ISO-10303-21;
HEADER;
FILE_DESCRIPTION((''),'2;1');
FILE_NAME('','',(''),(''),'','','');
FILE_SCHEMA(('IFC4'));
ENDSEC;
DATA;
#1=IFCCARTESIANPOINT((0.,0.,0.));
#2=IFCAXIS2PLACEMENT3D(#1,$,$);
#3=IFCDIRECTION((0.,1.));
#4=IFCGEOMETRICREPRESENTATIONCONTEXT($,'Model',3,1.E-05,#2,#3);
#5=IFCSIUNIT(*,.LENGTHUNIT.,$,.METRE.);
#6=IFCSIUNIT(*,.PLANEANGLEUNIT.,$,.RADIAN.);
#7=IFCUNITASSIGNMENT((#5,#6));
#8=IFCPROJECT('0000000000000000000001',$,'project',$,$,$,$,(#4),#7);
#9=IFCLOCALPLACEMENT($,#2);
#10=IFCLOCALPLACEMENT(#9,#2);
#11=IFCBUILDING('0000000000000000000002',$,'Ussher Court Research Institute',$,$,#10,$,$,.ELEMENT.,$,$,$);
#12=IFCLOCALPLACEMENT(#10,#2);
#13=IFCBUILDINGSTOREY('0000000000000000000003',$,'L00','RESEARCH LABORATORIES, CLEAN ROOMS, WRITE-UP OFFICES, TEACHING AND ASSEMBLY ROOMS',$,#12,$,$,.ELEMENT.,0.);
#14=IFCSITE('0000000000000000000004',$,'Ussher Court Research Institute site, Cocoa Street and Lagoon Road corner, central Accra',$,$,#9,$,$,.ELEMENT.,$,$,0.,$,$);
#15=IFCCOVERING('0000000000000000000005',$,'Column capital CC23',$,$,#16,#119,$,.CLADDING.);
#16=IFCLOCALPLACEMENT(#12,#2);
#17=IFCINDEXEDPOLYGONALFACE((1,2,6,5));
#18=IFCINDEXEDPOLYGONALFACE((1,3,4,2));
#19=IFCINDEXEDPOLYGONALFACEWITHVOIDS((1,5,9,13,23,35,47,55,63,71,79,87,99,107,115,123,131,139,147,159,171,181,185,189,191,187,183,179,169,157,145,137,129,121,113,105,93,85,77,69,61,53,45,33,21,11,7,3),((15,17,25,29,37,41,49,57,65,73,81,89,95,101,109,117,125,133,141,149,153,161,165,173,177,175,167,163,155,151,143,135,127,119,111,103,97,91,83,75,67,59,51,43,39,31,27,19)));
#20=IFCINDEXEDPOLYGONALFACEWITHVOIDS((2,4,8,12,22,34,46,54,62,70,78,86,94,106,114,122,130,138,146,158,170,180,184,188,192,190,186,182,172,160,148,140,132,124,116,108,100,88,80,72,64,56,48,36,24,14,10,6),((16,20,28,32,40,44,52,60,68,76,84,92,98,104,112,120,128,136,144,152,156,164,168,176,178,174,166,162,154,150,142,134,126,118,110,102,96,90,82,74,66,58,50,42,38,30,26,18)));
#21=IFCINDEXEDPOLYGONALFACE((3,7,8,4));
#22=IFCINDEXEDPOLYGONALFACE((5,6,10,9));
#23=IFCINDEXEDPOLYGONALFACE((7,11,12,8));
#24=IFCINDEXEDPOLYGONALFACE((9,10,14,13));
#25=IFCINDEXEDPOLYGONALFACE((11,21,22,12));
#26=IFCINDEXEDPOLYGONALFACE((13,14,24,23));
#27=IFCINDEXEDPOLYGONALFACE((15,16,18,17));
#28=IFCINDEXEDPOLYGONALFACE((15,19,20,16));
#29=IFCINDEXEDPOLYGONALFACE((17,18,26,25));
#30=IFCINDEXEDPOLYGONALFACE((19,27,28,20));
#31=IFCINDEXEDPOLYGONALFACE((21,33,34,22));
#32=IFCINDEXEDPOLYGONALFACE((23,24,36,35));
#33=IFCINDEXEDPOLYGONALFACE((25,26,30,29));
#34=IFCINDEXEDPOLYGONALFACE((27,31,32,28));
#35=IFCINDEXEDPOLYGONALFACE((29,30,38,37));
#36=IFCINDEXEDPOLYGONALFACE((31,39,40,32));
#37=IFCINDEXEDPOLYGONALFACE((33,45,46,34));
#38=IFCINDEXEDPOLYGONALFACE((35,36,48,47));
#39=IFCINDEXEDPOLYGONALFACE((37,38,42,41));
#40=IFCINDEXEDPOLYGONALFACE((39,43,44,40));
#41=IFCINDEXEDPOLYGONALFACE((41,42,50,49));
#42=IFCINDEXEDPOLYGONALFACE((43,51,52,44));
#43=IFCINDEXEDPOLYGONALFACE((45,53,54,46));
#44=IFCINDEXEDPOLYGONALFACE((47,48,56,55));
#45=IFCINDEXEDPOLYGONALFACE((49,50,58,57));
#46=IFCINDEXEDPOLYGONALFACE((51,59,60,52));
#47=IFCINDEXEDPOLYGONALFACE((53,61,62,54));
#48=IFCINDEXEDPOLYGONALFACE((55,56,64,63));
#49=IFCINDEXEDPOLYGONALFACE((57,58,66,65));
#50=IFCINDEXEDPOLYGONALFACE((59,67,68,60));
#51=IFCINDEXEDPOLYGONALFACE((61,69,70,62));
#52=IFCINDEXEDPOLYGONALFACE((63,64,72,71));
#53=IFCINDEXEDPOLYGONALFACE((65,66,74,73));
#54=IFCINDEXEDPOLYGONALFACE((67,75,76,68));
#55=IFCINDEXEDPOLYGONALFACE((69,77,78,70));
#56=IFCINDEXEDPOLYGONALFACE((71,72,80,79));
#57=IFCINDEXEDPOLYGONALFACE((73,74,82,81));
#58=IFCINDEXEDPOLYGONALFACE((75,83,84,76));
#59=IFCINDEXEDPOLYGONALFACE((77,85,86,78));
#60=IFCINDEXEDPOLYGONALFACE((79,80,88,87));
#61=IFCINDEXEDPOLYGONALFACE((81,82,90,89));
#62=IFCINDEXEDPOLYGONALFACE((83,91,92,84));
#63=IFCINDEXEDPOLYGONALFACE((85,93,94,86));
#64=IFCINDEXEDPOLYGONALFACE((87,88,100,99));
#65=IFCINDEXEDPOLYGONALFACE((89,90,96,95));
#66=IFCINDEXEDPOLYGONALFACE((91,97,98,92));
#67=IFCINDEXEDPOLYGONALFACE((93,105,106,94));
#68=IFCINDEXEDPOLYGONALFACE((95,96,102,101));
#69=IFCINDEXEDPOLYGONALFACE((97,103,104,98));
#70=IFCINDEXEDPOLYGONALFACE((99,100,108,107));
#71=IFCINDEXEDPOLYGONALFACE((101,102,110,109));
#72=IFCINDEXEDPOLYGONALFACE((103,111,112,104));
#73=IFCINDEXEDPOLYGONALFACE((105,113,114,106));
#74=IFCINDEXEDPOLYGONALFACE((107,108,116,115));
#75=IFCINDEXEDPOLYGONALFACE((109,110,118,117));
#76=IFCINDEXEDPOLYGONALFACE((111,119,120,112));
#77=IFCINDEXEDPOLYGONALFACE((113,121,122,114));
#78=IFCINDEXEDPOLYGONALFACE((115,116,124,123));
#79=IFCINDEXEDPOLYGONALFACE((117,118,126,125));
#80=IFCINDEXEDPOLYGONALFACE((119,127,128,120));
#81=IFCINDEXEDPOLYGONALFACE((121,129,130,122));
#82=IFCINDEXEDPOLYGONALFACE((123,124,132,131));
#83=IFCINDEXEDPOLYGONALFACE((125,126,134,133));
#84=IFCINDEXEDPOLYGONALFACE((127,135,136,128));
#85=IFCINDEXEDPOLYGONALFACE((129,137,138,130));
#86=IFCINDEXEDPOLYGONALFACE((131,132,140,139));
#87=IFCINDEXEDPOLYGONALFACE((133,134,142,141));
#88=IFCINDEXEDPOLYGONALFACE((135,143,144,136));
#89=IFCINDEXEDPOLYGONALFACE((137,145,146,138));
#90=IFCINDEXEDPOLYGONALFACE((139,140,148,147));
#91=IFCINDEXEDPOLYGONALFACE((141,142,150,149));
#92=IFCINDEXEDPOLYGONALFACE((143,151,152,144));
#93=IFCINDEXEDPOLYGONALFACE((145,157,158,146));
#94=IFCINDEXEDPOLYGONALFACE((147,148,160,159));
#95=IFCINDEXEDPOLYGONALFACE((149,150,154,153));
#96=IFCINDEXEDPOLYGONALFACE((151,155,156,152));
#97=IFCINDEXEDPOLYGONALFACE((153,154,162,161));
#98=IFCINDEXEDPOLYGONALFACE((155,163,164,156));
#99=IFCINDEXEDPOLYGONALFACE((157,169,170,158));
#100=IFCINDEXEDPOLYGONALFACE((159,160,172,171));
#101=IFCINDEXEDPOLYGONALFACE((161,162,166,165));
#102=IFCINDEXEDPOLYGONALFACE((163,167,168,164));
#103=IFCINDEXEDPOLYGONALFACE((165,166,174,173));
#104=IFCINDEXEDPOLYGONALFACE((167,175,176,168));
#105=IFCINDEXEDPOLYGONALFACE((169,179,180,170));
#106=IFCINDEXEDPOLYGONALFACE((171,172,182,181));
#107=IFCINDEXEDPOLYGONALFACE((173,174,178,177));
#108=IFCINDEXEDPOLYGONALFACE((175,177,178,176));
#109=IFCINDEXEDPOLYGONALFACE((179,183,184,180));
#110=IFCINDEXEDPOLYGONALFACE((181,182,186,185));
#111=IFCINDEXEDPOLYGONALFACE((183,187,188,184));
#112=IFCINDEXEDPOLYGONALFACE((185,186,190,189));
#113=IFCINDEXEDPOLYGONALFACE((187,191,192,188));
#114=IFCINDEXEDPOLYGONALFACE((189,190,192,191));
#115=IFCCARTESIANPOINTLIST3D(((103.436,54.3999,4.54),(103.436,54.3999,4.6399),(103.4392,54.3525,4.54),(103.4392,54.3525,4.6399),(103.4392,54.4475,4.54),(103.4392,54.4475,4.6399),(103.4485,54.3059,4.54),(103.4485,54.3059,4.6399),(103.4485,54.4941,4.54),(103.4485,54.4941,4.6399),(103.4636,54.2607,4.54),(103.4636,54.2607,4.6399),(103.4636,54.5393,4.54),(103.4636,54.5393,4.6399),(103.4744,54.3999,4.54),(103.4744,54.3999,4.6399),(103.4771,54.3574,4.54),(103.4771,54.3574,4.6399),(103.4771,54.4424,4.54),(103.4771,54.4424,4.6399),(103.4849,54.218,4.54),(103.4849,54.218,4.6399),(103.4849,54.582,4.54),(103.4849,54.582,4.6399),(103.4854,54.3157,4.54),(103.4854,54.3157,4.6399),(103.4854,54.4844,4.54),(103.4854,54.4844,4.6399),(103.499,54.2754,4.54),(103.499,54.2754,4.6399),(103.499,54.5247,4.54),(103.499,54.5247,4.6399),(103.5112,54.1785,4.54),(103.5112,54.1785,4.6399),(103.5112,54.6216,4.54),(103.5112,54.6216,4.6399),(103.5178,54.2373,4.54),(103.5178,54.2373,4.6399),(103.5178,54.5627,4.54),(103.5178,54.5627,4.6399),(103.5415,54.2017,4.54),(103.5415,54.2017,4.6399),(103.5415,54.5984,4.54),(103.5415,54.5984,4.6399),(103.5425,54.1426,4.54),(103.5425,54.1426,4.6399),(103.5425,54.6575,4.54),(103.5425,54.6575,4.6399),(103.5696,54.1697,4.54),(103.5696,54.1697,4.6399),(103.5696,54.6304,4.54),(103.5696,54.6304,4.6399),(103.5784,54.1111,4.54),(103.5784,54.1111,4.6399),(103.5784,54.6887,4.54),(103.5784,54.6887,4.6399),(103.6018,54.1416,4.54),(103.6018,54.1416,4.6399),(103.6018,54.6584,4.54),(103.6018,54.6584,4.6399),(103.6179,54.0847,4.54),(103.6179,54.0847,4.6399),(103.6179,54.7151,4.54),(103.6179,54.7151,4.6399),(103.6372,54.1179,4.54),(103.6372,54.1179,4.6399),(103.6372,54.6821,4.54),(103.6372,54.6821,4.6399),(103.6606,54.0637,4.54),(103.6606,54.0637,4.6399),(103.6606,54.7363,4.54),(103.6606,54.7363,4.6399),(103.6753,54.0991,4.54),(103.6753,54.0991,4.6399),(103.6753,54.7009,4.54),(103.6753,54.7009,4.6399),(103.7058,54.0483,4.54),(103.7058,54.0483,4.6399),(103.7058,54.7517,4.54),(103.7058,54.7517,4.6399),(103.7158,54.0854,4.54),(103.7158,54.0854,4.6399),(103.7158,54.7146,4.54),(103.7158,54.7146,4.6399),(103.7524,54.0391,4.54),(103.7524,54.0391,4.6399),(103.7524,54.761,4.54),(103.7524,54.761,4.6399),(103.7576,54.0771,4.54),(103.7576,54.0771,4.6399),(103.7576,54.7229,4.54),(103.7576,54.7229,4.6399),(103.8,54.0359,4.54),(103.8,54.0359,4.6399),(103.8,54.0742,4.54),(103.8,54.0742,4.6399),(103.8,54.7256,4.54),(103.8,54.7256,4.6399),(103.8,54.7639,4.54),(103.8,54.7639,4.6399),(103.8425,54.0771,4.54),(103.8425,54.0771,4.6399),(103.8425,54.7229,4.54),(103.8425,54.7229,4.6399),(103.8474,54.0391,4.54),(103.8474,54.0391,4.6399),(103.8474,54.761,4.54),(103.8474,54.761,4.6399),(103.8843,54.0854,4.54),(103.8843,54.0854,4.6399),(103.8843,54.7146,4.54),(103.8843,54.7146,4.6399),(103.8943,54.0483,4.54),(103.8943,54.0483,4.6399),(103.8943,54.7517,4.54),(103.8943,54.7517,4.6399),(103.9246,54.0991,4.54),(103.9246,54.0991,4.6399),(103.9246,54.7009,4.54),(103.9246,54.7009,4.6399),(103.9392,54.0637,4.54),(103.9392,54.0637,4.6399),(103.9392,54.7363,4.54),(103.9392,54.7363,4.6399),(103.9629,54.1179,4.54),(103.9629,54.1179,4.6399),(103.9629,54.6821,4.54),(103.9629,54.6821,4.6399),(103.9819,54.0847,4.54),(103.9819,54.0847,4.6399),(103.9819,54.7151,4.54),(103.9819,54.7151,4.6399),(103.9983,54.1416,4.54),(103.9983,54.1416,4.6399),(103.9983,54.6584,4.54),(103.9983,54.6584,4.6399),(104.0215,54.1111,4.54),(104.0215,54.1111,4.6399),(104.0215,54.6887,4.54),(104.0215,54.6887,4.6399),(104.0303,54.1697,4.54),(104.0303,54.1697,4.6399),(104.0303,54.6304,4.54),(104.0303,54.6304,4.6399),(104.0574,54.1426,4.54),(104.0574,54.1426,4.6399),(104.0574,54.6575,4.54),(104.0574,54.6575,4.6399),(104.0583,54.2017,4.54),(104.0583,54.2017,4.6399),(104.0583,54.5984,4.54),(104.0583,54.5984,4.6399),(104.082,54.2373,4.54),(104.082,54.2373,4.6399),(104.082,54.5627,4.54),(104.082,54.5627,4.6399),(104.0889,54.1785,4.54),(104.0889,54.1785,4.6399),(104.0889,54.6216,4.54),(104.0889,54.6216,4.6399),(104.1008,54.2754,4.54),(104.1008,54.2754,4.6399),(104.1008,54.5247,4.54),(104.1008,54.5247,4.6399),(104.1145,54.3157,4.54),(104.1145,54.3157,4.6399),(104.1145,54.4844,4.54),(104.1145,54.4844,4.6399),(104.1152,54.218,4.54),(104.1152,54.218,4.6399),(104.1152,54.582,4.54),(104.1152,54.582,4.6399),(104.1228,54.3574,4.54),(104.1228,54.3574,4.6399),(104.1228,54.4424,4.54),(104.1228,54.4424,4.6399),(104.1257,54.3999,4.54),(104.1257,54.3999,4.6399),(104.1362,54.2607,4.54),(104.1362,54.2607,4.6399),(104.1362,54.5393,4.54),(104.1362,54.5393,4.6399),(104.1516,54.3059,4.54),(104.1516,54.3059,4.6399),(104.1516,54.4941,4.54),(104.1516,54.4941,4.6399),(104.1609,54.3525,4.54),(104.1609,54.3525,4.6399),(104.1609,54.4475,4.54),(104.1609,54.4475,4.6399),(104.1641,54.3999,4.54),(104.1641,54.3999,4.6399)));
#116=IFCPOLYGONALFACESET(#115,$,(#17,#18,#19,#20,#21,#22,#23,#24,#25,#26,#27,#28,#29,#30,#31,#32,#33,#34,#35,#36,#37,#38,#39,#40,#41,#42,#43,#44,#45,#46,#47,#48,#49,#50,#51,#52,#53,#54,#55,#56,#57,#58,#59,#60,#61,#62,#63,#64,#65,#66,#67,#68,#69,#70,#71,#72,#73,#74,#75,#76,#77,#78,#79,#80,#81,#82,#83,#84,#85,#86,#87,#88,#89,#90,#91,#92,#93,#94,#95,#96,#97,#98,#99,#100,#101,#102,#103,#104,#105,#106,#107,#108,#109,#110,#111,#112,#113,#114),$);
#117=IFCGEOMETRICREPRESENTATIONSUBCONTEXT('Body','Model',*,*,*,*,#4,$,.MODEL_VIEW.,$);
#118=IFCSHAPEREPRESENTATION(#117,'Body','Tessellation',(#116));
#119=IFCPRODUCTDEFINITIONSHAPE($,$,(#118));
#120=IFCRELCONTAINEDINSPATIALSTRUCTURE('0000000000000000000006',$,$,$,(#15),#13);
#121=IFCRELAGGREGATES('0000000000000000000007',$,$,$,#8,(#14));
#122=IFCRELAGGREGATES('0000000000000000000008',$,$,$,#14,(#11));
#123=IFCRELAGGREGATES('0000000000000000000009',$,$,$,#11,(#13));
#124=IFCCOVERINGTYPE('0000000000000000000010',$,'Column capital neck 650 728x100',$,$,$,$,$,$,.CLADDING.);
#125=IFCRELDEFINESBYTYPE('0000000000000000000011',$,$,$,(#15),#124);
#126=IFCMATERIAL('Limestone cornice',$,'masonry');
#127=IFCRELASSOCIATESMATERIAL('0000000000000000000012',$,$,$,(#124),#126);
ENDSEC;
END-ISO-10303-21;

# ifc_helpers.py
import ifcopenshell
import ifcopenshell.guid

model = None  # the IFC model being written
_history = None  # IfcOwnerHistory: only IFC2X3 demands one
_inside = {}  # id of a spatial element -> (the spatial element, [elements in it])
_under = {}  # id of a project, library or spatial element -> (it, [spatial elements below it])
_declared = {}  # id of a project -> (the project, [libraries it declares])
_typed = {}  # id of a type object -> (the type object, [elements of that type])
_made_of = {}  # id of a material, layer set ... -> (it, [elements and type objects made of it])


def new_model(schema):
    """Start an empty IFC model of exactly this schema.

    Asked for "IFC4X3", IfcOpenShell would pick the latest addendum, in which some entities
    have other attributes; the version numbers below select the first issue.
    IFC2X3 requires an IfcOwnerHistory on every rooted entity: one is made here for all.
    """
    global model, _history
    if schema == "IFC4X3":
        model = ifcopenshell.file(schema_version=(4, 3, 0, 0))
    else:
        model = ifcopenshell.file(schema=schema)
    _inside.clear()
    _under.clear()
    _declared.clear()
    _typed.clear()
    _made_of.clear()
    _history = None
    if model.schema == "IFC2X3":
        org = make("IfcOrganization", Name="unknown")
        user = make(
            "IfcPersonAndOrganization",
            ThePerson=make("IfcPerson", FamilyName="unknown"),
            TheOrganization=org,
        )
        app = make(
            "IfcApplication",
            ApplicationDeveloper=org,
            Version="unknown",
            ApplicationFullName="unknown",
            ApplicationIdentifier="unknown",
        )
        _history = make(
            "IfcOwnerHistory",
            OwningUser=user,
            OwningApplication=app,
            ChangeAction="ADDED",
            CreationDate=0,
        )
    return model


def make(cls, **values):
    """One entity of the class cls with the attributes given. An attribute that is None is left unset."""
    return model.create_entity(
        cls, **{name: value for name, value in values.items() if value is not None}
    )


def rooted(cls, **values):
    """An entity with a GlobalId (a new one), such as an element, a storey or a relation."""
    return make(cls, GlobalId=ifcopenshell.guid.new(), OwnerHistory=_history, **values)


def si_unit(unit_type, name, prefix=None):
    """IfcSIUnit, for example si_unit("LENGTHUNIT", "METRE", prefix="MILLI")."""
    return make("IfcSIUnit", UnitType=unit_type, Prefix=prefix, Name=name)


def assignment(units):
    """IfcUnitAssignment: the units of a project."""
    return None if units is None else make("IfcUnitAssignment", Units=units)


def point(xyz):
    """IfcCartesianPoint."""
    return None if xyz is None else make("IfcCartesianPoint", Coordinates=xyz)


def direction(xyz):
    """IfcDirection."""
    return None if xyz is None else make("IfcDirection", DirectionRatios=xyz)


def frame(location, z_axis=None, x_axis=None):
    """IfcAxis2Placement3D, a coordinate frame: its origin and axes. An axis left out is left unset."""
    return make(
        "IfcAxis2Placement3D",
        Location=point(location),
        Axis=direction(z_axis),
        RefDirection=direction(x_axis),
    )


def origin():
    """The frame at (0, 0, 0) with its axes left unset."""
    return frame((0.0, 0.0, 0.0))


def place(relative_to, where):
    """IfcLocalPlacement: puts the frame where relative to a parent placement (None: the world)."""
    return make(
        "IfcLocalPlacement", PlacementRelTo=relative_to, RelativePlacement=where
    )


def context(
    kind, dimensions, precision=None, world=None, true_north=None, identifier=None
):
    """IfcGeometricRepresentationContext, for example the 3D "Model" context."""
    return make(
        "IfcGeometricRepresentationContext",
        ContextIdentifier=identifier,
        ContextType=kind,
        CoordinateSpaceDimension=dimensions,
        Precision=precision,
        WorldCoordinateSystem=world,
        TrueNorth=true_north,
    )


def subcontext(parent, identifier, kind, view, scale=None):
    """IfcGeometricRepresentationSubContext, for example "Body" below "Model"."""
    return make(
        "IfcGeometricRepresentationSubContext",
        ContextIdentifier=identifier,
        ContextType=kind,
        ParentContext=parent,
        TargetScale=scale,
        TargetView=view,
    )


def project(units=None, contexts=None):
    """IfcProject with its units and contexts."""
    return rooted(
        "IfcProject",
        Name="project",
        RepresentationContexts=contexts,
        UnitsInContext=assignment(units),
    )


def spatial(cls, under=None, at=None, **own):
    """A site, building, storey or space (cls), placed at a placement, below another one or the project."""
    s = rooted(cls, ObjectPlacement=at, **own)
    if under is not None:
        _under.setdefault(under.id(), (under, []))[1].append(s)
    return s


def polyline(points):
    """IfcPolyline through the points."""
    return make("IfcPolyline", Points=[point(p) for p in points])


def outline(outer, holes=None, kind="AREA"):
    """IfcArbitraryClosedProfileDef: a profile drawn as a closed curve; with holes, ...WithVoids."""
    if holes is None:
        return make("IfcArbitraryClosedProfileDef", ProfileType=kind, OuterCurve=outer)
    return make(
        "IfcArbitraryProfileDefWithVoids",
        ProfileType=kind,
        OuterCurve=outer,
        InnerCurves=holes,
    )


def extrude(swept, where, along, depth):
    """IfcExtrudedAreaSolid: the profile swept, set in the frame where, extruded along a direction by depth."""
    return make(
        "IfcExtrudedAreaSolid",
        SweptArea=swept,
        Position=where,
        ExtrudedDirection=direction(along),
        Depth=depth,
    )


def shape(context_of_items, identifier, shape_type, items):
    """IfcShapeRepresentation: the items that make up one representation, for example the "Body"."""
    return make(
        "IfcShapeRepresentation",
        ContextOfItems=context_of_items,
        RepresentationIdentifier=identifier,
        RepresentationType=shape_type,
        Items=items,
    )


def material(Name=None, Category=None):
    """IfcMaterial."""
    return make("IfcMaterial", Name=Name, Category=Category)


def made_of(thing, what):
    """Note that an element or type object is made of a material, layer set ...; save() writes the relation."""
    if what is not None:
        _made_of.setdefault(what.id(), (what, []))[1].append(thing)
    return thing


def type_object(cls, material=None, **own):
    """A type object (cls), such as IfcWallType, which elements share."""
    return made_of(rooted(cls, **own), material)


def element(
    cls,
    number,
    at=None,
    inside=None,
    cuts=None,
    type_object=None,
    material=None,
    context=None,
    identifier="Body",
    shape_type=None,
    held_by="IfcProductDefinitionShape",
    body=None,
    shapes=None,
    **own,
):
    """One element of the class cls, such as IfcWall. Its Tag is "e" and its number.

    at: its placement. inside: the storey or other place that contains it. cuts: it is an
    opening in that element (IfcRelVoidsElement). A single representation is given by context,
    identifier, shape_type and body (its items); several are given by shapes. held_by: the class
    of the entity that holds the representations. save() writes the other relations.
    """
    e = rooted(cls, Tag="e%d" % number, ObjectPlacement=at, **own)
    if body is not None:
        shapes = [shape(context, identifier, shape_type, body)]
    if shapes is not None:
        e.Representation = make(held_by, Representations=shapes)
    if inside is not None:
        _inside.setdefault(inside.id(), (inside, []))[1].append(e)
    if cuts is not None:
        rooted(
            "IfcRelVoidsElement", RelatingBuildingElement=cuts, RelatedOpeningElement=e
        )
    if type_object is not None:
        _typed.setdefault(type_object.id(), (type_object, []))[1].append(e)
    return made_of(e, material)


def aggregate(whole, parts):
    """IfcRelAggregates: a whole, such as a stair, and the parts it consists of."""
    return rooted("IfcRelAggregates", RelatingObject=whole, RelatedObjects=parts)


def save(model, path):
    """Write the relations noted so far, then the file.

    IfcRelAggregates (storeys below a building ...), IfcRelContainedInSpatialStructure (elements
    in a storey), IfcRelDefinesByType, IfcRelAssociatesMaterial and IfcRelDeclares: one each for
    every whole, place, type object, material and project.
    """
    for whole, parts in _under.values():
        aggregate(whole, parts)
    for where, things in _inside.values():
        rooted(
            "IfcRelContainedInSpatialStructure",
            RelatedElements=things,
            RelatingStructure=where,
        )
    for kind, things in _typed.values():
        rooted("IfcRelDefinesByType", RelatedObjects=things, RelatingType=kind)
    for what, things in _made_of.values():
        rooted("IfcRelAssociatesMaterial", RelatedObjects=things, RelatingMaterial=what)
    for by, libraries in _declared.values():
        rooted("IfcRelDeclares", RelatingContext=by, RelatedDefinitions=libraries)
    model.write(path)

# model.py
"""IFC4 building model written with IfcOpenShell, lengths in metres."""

from ifc_helpers import new_model, si_unit, direction, frame, origin, place, context, subcontext, project, spatial, polyline, outline, extrude, material, type_object, element, save


model = new_model("IFC4")

# Units and contexts
model_context = context("Model", 3, precision=1e-05, world=origin(), true_north=direction((0.0, 1.0)))
body_context = subcontext(model_context, "Body", "Model", "MODEL_VIEW")
ifc_project = project(units=[si_unit("LENGTHUNIT", "METRE"), si_unit("PLANEANGLEUNIT", "RADIAN")], contexts=[model_context])

# Site, building, storey
site_placement = place(None, origin())
site = spatial("IfcSite", under=ifc_project, at=site_placement, Name="Ussher Court Research Institute site, Cocoa Street and Lagoon Road corner, central Accra", CompositionType="ELEMENT", RefElevation=0.0)
building_placement = place(site_placement, origin())
building = spatial("IfcBuilding", under=site, at=building_placement, Name="Ussher Court Research Institute", CompositionType="ELEMENT")
storey_placement = place(building_placement, origin())
storey = spatial("IfcBuildingStorey", under=building, at=storey_placement, Name="L00", Description="RESEARCH LABORATORIES, CLEAN ROOMS, WRITE-UP OFFICES, TEACHING AND ASSEMBLY ROOMS", CompositionType="ELEMENT", Elevation=0.0)

# Covering
ifc_material_1 = material(Name="Limestone cornice", Category="masonry")
covering_type_1 = type_object("IfcCoveringType", Name="Column capital neck 650 728x100", PredefinedType="CLADDING", material=ifc_material_1)
covering_1_placement = place(storey_placement, frame((0.0, 0.0, 4.54)))
element("IfcCovering", 1, at=covering_1_placement, inside=storey, type_object=covering_type_1, Name="Column capital CC23", PredefinedType="CLADDING", context=body_context, shape_type="SweptSolid", body=[
    extrude(outline(polyline([(104.1641, 54.3999), (104.1609, 54.4475), (104.1516, 54.4941), (104.1362, 54.5393), (104.1152, 54.582), (104.0889, 54.6216), (104.0574, 54.6575), (104.0215, 54.6887), (103.9819, 54.7151), (103.9392, 54.7363), (103.8943, 54.7517), (103.8474, 54.761), (103.8, 54.7639), (103.7524, 54.761), (103.7058, 54.7517), (103.6606, 54.7363), (103.6179, 54.7151), (103.5784, 54.6887), (103.5425, 54.6575), (103.5112, 54.6216), (103.4849, 54.582), (103.4636, 54.5393), (103.4485, 54.4941), (103.4392, 54.4475), (103.436, 54.3999), (103.4392, 54.3525), (103.4485, 54.3059), (103.4636, 54.2607), (103.4849, 54.218), (103.5112, 54.1785), (103.5425, 54.1426), (103.5784, 54.1111), (103.6179, 54.0847), (103.6606, 54.0637), (103.7058, 54.0483), (103.7524, 54.0391), (103.8, 54.0359), (103.8474, 54.0391), (103.8943, 54.0483), (103.9392, 54.0637), (103.9819, 54.0847), (104.0215, 54.1111), (104.0574, 54.1426), (104.0889, 54.1785), (104.1152, 54.218), (104.1362, 54.2607), (104.1516, 54.3059), (104.1609, 54.3525), (104.1641, 54.3999)]), holes=[polyline([(104.1257, 54.3999), (104.1228, 54.4424), (104.1145, 54.4844), (104.1008, 54.5247), (104.082, 54.5627), (104.0583, 54.5984), (104.0303, 54.6304), (103.9983, 54.6584), (103.9629, 54.6821), (103.9246, 54.7009), (103.8843, 54.7146), (103.8425, 54.7229), (103.8, 54.7256), (103.7576, 54.7229), (103.7158, 54.7146), (103.6753, 54.7009), (103.6372, 54.6821), (103.6018, 54.6584), (103.5696, 54.6304), (103.5415, 54.5984), (103.5178, 54.5627), (103.499, 54.5247), (103.4854, 54.4844), (103.4771, 54.4424), (103.4744, 54.3999), (103.4771, 54.3574), (103.4854, 54.3157), (103.499, 54.2754), (103.5178, 54.2373), (103.5415, 54.2017), (103.5696, 54.1697), (103.6018, 54.1416), (103.6372, 54.1179), (103.6753, 54.0991), (103.7158, 54.0854), (103.7576, 54.0771), (103.8, 54.0742), (103.8425, 54.0771), (103.8843, 54.0854), (103.9246, 54.0991), (103.9629, 54.1179), (103.9983, 54.1416), (104.0303, 54.1697), (104.0583, 54.2017), (104.082, 54.2373), (104.1008, 54.2754), (104.1145, 54.3157), (104.1228, 54.3574), (104.1257, 54.3999)])]), origin(), (0.0, 0.0, 1.0), 0.0999),
])

save(model, "model.ifc")
